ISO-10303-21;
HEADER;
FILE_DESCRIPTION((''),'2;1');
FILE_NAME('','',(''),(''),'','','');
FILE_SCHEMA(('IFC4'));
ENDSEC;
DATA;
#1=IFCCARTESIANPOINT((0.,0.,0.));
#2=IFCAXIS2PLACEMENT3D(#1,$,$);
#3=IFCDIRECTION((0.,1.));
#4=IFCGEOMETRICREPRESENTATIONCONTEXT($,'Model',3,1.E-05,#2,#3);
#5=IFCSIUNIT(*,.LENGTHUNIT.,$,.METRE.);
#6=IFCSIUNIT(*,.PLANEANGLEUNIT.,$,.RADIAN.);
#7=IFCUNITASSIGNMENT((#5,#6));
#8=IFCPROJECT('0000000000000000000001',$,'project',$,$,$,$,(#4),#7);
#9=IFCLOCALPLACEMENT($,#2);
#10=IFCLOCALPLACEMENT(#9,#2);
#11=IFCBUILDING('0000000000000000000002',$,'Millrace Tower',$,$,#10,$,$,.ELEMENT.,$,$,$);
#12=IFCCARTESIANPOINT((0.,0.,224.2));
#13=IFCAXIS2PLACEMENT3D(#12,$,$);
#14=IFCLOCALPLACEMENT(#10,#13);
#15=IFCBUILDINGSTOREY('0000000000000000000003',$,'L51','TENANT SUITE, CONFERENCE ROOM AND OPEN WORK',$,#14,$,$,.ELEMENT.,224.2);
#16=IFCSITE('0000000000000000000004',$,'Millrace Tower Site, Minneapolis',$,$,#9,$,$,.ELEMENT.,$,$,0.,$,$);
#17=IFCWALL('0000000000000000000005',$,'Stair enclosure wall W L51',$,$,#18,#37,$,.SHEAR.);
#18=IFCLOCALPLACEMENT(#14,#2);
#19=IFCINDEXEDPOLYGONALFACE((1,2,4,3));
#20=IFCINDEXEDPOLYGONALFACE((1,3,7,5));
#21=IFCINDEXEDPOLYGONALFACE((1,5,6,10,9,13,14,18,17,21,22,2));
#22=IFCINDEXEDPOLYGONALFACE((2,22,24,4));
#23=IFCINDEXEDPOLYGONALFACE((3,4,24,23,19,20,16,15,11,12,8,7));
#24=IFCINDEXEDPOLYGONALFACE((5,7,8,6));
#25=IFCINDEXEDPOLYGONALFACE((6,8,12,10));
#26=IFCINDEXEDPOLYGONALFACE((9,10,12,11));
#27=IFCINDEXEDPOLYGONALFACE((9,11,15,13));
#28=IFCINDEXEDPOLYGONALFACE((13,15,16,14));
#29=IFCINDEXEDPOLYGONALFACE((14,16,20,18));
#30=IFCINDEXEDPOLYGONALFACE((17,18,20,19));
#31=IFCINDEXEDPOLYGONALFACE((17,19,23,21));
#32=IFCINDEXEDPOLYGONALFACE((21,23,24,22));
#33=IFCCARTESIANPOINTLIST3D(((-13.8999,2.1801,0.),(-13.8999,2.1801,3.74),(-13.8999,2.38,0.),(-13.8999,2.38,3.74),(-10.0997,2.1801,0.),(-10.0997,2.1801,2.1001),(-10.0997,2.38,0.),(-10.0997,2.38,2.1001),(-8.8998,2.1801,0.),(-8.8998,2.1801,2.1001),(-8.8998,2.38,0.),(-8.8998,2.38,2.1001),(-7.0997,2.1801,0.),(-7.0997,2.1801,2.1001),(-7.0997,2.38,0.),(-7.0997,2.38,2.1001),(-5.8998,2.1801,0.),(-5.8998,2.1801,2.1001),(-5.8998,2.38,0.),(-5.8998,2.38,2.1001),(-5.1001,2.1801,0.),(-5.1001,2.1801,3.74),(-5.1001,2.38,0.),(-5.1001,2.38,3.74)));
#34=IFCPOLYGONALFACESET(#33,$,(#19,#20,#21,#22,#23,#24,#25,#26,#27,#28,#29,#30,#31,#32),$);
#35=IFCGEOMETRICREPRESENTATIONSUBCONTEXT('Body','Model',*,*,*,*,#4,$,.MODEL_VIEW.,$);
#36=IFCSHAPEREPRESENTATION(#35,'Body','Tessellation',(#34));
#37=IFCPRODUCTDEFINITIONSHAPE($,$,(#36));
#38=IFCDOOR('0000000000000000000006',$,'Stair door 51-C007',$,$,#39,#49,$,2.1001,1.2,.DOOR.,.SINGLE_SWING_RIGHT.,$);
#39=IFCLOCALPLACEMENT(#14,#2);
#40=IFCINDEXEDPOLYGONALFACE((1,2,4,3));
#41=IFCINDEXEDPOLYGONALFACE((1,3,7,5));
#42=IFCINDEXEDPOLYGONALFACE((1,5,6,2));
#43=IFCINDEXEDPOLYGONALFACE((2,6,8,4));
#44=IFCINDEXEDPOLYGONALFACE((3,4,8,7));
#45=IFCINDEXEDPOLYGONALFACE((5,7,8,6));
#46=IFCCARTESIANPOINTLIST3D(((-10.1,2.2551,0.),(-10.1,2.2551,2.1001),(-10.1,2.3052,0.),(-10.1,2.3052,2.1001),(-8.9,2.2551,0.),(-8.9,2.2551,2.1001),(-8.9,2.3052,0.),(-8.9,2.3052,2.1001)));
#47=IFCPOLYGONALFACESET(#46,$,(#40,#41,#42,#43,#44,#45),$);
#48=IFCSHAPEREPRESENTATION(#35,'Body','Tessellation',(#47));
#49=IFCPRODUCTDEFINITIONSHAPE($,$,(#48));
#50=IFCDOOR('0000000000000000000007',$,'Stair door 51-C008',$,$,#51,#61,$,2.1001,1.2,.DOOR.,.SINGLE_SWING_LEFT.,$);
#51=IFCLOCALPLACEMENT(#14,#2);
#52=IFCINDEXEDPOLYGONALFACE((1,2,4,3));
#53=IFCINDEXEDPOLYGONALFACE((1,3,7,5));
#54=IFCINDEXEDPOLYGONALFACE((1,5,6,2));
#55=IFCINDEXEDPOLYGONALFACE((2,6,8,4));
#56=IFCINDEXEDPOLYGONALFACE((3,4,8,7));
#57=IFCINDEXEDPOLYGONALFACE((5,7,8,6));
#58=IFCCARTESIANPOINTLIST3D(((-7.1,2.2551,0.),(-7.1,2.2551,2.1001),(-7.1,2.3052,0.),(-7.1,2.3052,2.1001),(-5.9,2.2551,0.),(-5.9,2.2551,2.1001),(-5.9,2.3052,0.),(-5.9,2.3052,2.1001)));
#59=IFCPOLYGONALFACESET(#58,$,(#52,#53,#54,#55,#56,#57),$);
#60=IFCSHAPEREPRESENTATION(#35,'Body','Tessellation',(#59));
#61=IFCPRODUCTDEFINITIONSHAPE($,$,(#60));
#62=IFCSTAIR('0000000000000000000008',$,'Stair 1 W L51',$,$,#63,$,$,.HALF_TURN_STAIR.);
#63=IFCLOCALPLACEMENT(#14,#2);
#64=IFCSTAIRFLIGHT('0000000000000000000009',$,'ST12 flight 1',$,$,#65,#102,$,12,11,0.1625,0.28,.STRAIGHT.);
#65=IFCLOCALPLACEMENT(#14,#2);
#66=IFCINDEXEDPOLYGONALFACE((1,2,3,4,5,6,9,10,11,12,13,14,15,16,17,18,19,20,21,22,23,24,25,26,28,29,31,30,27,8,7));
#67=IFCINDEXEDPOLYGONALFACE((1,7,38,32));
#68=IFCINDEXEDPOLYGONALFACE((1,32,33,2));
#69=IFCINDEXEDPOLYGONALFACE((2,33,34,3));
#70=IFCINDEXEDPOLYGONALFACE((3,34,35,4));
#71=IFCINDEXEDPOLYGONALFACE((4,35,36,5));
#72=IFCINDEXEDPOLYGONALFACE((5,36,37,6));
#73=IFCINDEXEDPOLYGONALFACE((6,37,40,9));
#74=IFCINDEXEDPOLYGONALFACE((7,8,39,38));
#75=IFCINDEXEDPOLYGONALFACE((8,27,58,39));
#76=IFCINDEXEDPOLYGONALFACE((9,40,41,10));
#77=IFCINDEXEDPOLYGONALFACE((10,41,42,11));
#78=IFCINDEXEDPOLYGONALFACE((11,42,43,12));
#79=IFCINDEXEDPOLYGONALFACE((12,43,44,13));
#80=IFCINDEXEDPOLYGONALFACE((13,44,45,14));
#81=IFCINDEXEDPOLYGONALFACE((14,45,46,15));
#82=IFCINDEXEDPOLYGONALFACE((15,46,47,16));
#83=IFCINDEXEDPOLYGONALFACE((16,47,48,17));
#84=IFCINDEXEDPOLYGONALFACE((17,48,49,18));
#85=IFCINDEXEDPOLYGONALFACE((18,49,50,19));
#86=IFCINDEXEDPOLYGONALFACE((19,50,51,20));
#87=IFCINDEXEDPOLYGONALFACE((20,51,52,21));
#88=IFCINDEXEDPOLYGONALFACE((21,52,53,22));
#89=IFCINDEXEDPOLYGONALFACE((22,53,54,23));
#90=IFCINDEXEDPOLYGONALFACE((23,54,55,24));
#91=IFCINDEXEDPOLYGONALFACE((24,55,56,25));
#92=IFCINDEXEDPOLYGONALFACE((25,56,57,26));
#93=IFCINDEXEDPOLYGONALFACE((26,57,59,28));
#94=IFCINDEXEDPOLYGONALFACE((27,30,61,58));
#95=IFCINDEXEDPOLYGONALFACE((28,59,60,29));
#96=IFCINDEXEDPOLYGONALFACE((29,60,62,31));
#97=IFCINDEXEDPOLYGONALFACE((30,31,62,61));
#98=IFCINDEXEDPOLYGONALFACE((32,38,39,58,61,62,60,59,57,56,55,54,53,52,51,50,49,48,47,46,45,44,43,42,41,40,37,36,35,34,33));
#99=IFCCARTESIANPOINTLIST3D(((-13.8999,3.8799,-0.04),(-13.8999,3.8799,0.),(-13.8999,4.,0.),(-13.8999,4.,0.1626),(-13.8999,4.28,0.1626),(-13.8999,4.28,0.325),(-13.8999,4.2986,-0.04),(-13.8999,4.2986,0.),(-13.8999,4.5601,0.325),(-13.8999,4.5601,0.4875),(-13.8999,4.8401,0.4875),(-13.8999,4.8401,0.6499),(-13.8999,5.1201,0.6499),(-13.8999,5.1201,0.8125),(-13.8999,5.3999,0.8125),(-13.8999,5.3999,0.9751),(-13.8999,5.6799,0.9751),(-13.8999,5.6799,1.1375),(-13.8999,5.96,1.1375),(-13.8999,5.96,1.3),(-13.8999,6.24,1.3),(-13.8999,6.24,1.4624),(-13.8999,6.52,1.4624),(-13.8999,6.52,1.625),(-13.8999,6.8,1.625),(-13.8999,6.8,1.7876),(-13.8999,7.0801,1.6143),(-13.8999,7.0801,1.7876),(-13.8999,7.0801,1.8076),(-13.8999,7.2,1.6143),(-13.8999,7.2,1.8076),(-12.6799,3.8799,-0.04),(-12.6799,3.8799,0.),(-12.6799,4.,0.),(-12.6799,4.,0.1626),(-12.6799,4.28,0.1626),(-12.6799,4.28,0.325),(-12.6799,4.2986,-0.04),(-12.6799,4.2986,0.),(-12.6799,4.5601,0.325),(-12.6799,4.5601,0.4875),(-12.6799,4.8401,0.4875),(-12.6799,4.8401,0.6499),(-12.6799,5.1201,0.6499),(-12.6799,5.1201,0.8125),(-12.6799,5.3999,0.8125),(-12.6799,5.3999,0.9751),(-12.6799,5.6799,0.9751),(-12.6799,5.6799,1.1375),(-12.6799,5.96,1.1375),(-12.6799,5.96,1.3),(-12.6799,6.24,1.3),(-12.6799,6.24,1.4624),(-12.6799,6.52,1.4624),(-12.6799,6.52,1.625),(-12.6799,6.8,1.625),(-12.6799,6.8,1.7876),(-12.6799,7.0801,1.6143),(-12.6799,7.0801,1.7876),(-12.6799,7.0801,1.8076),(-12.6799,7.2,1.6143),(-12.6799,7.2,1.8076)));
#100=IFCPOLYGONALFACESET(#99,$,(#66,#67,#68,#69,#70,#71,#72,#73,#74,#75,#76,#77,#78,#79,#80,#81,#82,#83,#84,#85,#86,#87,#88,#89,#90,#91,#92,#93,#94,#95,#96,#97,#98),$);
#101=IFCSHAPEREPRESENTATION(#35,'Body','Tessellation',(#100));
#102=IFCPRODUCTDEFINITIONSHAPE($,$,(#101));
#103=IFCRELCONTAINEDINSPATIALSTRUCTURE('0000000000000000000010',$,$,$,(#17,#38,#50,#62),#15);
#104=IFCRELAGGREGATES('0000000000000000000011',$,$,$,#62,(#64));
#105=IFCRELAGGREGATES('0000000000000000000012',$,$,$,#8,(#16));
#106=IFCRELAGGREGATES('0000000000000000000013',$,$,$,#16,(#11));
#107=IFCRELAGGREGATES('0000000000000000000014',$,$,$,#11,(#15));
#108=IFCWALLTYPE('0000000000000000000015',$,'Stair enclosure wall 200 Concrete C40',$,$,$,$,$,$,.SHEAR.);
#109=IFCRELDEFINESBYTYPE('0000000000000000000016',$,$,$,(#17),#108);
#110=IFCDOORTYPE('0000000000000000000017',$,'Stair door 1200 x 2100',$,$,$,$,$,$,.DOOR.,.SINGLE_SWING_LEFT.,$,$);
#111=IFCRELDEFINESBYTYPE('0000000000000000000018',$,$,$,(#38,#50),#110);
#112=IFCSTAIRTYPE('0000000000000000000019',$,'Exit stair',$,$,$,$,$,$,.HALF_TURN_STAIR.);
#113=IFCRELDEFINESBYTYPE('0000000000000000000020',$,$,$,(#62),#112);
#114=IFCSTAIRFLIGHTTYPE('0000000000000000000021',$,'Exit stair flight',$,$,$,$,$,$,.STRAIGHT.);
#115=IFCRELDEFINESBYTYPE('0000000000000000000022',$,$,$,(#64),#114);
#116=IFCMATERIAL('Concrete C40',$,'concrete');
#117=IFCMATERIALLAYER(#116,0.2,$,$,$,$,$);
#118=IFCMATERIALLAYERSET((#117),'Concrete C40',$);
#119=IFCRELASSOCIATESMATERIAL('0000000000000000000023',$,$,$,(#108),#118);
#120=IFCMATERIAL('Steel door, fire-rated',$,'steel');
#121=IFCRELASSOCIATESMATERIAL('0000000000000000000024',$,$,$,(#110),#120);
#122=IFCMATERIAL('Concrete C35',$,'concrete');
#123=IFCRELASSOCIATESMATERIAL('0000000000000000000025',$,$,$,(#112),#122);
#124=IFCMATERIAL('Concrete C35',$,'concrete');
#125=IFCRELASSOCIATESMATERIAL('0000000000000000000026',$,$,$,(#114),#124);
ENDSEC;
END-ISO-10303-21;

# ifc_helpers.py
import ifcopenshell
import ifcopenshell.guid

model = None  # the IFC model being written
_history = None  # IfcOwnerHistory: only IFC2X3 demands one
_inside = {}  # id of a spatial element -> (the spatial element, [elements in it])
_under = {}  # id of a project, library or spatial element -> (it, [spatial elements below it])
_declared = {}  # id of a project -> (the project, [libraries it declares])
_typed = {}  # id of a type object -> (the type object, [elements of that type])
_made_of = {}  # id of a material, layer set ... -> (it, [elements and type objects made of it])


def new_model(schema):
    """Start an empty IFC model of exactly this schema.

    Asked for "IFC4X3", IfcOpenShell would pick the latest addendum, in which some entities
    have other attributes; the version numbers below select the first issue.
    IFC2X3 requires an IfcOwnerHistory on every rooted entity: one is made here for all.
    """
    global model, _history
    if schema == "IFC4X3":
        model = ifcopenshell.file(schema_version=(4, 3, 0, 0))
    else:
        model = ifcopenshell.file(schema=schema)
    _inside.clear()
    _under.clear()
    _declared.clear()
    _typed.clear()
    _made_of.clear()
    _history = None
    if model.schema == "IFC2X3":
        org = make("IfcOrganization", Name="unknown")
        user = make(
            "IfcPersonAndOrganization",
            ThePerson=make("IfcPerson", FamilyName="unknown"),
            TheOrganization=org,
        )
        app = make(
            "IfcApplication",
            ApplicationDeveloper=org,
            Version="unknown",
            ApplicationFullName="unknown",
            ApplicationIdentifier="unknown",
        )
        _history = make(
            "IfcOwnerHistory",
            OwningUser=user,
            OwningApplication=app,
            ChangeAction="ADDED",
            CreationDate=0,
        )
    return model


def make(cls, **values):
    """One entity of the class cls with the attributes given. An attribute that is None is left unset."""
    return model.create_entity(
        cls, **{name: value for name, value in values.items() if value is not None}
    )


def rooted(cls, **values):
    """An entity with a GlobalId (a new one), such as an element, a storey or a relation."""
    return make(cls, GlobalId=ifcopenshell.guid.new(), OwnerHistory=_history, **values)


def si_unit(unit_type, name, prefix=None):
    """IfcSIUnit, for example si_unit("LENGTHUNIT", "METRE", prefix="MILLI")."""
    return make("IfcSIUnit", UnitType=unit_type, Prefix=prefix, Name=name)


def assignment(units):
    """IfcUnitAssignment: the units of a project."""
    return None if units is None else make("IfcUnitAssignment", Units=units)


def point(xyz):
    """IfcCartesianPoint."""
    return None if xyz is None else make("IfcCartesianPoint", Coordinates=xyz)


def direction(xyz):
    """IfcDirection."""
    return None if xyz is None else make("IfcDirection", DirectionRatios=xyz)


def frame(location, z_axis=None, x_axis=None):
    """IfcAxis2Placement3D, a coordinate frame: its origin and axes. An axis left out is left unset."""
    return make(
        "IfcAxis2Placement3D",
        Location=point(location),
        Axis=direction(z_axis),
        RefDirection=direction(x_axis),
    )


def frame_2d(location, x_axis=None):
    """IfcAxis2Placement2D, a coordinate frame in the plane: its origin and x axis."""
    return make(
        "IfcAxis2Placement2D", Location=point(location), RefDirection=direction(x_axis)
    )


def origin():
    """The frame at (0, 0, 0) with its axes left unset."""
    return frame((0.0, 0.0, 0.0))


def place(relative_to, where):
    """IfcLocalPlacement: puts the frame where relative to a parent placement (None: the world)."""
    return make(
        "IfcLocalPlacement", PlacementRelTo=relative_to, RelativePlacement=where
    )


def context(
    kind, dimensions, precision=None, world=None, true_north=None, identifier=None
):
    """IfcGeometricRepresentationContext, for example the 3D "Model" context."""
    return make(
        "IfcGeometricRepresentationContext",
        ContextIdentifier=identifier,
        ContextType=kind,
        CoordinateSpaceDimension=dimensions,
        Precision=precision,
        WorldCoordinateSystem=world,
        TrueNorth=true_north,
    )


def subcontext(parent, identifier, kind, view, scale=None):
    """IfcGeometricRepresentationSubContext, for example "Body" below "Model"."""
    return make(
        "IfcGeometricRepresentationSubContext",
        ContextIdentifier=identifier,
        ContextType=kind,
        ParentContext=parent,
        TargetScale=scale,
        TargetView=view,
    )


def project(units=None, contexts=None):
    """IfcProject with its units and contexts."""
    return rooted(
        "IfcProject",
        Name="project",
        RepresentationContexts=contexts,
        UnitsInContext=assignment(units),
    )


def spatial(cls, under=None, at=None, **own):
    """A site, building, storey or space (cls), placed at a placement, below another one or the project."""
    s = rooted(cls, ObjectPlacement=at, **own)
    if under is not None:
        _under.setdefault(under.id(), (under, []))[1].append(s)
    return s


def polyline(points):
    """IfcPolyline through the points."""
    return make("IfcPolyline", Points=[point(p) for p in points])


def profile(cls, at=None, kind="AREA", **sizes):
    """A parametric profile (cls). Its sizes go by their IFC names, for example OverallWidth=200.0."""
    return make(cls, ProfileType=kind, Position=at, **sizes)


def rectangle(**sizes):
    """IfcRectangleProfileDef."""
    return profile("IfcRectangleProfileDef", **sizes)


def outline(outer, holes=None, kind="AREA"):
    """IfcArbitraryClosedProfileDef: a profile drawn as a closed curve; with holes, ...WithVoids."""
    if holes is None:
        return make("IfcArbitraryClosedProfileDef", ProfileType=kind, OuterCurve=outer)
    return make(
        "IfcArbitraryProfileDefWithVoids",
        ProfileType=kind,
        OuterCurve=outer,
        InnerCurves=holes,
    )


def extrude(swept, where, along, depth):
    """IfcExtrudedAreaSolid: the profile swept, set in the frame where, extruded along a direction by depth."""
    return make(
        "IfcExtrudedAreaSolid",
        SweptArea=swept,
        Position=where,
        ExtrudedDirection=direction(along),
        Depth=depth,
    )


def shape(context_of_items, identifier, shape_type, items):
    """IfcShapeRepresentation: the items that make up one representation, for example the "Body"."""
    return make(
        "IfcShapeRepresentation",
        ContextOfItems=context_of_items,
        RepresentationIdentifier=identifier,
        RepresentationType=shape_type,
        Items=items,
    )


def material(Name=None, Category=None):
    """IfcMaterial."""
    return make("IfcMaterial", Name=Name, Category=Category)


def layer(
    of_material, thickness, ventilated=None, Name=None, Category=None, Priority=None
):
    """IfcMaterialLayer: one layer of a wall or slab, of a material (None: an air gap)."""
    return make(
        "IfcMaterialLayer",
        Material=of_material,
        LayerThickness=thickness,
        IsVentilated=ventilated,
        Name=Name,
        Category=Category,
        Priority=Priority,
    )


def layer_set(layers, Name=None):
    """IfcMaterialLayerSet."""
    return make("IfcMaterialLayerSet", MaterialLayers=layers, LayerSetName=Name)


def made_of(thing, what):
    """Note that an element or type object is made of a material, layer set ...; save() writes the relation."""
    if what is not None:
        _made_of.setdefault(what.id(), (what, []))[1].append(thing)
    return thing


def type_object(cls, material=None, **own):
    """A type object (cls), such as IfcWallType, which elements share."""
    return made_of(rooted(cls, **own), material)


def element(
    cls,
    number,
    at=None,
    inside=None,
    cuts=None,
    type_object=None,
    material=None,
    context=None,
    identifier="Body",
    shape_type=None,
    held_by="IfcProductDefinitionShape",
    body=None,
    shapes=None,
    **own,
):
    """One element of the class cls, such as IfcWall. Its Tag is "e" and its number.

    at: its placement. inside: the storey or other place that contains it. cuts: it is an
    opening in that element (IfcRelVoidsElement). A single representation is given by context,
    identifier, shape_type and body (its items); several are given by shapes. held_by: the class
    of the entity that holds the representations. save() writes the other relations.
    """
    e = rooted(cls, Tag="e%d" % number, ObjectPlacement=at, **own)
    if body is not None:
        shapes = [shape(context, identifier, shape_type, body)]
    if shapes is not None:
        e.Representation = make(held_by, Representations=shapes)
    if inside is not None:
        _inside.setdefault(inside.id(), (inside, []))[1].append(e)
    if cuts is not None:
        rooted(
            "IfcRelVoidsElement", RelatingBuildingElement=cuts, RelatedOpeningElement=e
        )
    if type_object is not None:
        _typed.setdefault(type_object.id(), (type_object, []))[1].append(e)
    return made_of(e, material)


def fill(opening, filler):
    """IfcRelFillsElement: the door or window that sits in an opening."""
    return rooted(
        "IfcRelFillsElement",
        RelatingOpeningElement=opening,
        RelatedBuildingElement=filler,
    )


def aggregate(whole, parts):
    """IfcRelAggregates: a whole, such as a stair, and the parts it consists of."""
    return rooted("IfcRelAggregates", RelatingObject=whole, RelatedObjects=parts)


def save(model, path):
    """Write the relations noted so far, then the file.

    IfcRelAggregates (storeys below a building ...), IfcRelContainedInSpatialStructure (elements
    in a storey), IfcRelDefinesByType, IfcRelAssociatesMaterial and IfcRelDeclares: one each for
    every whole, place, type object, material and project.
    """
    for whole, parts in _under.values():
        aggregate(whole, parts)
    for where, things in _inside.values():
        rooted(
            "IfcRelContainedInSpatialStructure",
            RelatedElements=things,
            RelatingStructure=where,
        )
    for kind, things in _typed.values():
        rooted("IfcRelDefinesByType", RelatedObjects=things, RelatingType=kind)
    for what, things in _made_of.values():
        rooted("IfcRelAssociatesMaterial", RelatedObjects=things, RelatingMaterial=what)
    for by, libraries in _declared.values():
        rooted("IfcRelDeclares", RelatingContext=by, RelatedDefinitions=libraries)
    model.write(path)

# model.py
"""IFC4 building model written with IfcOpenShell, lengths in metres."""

from ifc_helpers import new_model, si_unit, direction, frame, frame_2d, origin, place, context, subcontext, project, spatial, polyline, rectangle, outline, extrude, material, layer, layer_set, type_object, element, fill, aggregate, save


model = new_model("IFC4")

# Units and contexts
model_context = context("Model", 3, precision=1e-05, world=origin(), true_north=direction((0.0, 1.0)))
body_context = subcontext(model_context, "Body", "Model", "MODEL_VIEW")
ifc_project = project(units=[si_unit("LENGTHUNIT", "METRE"), si_unit("PLANEANGLEUNIT", "RADIAN")], contexts=[model_context])

# Site, building, storey
site_placement = place(None, origin())
site = spatial("IfcSite", under=ifc_project, at=site_placement, Name="Millrace Tower Site, Minneapolis", CompositionType="ELEMENT", RefElevation=0.0)
building_placement = place(site_placement, origin())
building = spatial("IfcBuilding", under=site, at=building_placement, Name="Millrace Tower", CompositionType="ELEMENT")
storey_placement = place(building_placement, frame((0.0, 0.0, 224.2)))
storey = spatial("IfcBuildingStorey", under=building, at=storey_placement, Name="L51", Description="TENANT SUITE, CONFERENCE ROOM AND OPEN WORK", CompositionType="ELEMENT", Elevation=224.2)

# Shared definitions
placement = place(storey_placement, origin())

# Shared definitions
ifc_material_1 = material(Name="Concrete C40", Category="concrete")
ifc_layer_1 = layer(ifc_material_1, 0.2)
ifc_layer_set_1 = layer_set([ifc_layer_1], Name="Concrete C40")
wall_type_1 = type_object("IfcWallType", Name="Stair enclosure wall 200 Concrete C40", PredefinedType="SHEAR", material=ifc_layer_set_1)

# Wall, openings, doors
wall_1_placement = place(storey_placement, frame((-13.8999, 2.28, 0.0), z_axis=(0.0, 0.0, 1.0), x_axis=(1.0, 0.0, 0.0)))
wall_1 = element("IfcWall", 1, at=wall_1_placement, inside=storey, type_object=wall_type_1, Name="Stair enclosure wall W L51", PredefinedType="SHEAR", context=body_context, shape_type="SweptSolid", body=[
    extrude(rectangle(XDim=8.7998, YDim=0.2, at=frame_2d((4.3999, 0.0))), origin(), (0.0, 0.0, 1.0), 3.74),
])
opening_1_placement = place(wall_1_placement, frame((3.8, 0.0, 0.0)))
opening_1 = element("IfcOpeningElement", 2, at=opening_1_placement, cuts=wall_1, PredefinedType="OPENING", context=body_context, shape_type="SweptSolid", body=[
    extrude(rectangle(XDim=1.2, YDim=2.1001, at=frame_2d((0.6001, 1.05))), frame((0.0, 0.1099, 0.0), z_axis=(0.0, -1.0, 0.0), x_axis=(1.0, 0.0, 0.0)), (0.0, 0.0, 1.0), 0.22),
])
opening_2_placement = place(wall_1_placement, frame((6.8, 0.0, 0.0)))
opening_2 = element("IfcOpeningElement", 3, at=opening_2_placement, cuts=wall_1, PredefinedType="OPENING", context=body_context, shape_type="SweptSolid", body=[
    extrude(rectangle(XDim=1.2, YDim=2.1001, at=frame_2d((0.6001, 1.05))), frame((0.0, 0.1099, 0.0), z_axis=(0.0, -1.0, 0.0), x_axis=(1.0, 0.0, 0.0)), (0.0, 0.0, 1.0), 0.22),
])
ifc_material_2 = material(Name="Steel door, fire-rated", Category="steel")
door_type_1 = type_object("IfcDoorType", Name="Stair door 1200 x 2100", OperationType="SINGLE_SWING_LEFT", PredefinedType="DOOR", material=ifc_material_2)
door_1_placement = place(opening_1_placement, frame((1.2, 0.0, 0.0), z_axis=(0.0, 0.0, 1.0), x_axis=(-1.0, 0.0, 0.0)))
door_1 = element("IfcDoor", 4, at=door_1_placement, inside=storey, type_object=door_type_1, Name="Stair door 51-C007", OperationType="SINGLE_SWING_RIGHT", OverallHeight=2.1001, OverallWidth=1.2, PredefinedType="DOOR", context=body_context, shape_type="SweptSolid", body=[
    extrude(rectangle(XDim=1.2, YDim=2.1001, at=frame_2d((0.6001, 1.05))), frame((0.0, 0.0249, 0.0), z_axis=(0.0, -1.0, 0.0), x_axis=(1.0, 0.0, 0.0)), (0.0, 0.0, 1.0), 0.05),
])
fill(opening_1, door_1)
door_2_placement = place(opening_2_placement, frame((1.2, 0.0, 0.0), z_axis=(0.0, 0.0, 1.0), x_axis=(-1.0, 0.0, 0.0)))
door_2 = element("IfcDoor", 5, at=door_2_placement, inside=storey, type_object=door_type_1, Name="Stair door 51-C008", OperationType="SINGLE_SWING_LEFT", OverallHeight=2.1001, OverallWidth=1.2, PredefinedType="DOOR", context=body_context, shape_type="SweptSolid", body=[
    extrude(rectangle(XDim=1.2, YDim=2.1001, at=frame_2d((0.6001, 1.05))), frame((0.0, 0.0249, 0.0), z_axis=(0.0, -1.0, 0.0), x_axis=(1.0, 0.0, 0.0)), (0.0, 0.0, 1.0), 0.05),
])
fill(opening_2, door_2)

# Stair, stair flight
ifc_material_3 = material(Name="Concrete C35", Category="concrete")
stair_type = type_object("IfcStairType", Name="Exit stair", PredefinedType="HALF_TURN_STAIR", material=ifc_material_3)
stair = element("IfcStair", 6, at=placement, inside=storey, type_object=stair_type, Name="Stair 1 W L51", PredefinedType="HALF_TURN_STAIR")
ifc_material_4 = material(Name="Concrete C35", Category="concrete")
stair_flight_type = type_object("IfcStairFlightType", Name="Exit stair flight", PredefinedType="STRAIGHT", material=ifc_material_4)
stair_flight_placement = place(storey_placement, frame((-13.29, 4.0, 0.0), z_axis=(0.0, 0.0, 1.0), x_axis=(0.0, 1.0, 0.0)))
stair_flight = element("IfcStairFlight", 7, at=stair_flight_placement, type_object=stair_flight_type, Name="ST12 flight 1", NumberOfRisers=12, NumberOfTreads=11, PredefinedType="STRAIGHT", RiserHeight=0.1625, TreadLength=0.28, context=body_context, shape_type="SweptSolid", body=[
    extrude(outline(polyline([(-0.1201, -0.04), (-0.1201, 0.0), (0.0, 0.0), (0.0, 0.1626), (0.28, 0.1626), (0.28, 0.325), (0.5601, 0.325), (0.5601, 0.4875), (0.8401, 0.4875), (0.8401, 0.6499), (1.1201, 0.6499), (1.1201, 0.8125), (1.3999, 0.8125), (1.3999, 0.9751), (1.6799, 0.9751), (1.6799, 1.1375), (1.96, 1.1375), (1.96, 1.3), (2.24, 1.3), (2.24, 1.4624), (2.52, 1.4624), (2.52, 1.625), (2.8, 1.625), (2.8, 1.7876), (3.0801, 1.7876), (3.0801, 1.8076), (3.2, 1.8076), (3.2, 1.6143), (3.0801, 1.6143), (0.2986, 0.0), (0.2986, -0.04), (-0.1201, -0.04)])), frame((0.0, 0.6099, 0.0), z_axis=(0.0, -1.0, 0.0), x_axis=(1.0, 0.0, 0.0)), (0.0, 0.0, 1.0), 1.22),
])
aggregate(stair, [stair_flight])

save(model, "model.ifc")
